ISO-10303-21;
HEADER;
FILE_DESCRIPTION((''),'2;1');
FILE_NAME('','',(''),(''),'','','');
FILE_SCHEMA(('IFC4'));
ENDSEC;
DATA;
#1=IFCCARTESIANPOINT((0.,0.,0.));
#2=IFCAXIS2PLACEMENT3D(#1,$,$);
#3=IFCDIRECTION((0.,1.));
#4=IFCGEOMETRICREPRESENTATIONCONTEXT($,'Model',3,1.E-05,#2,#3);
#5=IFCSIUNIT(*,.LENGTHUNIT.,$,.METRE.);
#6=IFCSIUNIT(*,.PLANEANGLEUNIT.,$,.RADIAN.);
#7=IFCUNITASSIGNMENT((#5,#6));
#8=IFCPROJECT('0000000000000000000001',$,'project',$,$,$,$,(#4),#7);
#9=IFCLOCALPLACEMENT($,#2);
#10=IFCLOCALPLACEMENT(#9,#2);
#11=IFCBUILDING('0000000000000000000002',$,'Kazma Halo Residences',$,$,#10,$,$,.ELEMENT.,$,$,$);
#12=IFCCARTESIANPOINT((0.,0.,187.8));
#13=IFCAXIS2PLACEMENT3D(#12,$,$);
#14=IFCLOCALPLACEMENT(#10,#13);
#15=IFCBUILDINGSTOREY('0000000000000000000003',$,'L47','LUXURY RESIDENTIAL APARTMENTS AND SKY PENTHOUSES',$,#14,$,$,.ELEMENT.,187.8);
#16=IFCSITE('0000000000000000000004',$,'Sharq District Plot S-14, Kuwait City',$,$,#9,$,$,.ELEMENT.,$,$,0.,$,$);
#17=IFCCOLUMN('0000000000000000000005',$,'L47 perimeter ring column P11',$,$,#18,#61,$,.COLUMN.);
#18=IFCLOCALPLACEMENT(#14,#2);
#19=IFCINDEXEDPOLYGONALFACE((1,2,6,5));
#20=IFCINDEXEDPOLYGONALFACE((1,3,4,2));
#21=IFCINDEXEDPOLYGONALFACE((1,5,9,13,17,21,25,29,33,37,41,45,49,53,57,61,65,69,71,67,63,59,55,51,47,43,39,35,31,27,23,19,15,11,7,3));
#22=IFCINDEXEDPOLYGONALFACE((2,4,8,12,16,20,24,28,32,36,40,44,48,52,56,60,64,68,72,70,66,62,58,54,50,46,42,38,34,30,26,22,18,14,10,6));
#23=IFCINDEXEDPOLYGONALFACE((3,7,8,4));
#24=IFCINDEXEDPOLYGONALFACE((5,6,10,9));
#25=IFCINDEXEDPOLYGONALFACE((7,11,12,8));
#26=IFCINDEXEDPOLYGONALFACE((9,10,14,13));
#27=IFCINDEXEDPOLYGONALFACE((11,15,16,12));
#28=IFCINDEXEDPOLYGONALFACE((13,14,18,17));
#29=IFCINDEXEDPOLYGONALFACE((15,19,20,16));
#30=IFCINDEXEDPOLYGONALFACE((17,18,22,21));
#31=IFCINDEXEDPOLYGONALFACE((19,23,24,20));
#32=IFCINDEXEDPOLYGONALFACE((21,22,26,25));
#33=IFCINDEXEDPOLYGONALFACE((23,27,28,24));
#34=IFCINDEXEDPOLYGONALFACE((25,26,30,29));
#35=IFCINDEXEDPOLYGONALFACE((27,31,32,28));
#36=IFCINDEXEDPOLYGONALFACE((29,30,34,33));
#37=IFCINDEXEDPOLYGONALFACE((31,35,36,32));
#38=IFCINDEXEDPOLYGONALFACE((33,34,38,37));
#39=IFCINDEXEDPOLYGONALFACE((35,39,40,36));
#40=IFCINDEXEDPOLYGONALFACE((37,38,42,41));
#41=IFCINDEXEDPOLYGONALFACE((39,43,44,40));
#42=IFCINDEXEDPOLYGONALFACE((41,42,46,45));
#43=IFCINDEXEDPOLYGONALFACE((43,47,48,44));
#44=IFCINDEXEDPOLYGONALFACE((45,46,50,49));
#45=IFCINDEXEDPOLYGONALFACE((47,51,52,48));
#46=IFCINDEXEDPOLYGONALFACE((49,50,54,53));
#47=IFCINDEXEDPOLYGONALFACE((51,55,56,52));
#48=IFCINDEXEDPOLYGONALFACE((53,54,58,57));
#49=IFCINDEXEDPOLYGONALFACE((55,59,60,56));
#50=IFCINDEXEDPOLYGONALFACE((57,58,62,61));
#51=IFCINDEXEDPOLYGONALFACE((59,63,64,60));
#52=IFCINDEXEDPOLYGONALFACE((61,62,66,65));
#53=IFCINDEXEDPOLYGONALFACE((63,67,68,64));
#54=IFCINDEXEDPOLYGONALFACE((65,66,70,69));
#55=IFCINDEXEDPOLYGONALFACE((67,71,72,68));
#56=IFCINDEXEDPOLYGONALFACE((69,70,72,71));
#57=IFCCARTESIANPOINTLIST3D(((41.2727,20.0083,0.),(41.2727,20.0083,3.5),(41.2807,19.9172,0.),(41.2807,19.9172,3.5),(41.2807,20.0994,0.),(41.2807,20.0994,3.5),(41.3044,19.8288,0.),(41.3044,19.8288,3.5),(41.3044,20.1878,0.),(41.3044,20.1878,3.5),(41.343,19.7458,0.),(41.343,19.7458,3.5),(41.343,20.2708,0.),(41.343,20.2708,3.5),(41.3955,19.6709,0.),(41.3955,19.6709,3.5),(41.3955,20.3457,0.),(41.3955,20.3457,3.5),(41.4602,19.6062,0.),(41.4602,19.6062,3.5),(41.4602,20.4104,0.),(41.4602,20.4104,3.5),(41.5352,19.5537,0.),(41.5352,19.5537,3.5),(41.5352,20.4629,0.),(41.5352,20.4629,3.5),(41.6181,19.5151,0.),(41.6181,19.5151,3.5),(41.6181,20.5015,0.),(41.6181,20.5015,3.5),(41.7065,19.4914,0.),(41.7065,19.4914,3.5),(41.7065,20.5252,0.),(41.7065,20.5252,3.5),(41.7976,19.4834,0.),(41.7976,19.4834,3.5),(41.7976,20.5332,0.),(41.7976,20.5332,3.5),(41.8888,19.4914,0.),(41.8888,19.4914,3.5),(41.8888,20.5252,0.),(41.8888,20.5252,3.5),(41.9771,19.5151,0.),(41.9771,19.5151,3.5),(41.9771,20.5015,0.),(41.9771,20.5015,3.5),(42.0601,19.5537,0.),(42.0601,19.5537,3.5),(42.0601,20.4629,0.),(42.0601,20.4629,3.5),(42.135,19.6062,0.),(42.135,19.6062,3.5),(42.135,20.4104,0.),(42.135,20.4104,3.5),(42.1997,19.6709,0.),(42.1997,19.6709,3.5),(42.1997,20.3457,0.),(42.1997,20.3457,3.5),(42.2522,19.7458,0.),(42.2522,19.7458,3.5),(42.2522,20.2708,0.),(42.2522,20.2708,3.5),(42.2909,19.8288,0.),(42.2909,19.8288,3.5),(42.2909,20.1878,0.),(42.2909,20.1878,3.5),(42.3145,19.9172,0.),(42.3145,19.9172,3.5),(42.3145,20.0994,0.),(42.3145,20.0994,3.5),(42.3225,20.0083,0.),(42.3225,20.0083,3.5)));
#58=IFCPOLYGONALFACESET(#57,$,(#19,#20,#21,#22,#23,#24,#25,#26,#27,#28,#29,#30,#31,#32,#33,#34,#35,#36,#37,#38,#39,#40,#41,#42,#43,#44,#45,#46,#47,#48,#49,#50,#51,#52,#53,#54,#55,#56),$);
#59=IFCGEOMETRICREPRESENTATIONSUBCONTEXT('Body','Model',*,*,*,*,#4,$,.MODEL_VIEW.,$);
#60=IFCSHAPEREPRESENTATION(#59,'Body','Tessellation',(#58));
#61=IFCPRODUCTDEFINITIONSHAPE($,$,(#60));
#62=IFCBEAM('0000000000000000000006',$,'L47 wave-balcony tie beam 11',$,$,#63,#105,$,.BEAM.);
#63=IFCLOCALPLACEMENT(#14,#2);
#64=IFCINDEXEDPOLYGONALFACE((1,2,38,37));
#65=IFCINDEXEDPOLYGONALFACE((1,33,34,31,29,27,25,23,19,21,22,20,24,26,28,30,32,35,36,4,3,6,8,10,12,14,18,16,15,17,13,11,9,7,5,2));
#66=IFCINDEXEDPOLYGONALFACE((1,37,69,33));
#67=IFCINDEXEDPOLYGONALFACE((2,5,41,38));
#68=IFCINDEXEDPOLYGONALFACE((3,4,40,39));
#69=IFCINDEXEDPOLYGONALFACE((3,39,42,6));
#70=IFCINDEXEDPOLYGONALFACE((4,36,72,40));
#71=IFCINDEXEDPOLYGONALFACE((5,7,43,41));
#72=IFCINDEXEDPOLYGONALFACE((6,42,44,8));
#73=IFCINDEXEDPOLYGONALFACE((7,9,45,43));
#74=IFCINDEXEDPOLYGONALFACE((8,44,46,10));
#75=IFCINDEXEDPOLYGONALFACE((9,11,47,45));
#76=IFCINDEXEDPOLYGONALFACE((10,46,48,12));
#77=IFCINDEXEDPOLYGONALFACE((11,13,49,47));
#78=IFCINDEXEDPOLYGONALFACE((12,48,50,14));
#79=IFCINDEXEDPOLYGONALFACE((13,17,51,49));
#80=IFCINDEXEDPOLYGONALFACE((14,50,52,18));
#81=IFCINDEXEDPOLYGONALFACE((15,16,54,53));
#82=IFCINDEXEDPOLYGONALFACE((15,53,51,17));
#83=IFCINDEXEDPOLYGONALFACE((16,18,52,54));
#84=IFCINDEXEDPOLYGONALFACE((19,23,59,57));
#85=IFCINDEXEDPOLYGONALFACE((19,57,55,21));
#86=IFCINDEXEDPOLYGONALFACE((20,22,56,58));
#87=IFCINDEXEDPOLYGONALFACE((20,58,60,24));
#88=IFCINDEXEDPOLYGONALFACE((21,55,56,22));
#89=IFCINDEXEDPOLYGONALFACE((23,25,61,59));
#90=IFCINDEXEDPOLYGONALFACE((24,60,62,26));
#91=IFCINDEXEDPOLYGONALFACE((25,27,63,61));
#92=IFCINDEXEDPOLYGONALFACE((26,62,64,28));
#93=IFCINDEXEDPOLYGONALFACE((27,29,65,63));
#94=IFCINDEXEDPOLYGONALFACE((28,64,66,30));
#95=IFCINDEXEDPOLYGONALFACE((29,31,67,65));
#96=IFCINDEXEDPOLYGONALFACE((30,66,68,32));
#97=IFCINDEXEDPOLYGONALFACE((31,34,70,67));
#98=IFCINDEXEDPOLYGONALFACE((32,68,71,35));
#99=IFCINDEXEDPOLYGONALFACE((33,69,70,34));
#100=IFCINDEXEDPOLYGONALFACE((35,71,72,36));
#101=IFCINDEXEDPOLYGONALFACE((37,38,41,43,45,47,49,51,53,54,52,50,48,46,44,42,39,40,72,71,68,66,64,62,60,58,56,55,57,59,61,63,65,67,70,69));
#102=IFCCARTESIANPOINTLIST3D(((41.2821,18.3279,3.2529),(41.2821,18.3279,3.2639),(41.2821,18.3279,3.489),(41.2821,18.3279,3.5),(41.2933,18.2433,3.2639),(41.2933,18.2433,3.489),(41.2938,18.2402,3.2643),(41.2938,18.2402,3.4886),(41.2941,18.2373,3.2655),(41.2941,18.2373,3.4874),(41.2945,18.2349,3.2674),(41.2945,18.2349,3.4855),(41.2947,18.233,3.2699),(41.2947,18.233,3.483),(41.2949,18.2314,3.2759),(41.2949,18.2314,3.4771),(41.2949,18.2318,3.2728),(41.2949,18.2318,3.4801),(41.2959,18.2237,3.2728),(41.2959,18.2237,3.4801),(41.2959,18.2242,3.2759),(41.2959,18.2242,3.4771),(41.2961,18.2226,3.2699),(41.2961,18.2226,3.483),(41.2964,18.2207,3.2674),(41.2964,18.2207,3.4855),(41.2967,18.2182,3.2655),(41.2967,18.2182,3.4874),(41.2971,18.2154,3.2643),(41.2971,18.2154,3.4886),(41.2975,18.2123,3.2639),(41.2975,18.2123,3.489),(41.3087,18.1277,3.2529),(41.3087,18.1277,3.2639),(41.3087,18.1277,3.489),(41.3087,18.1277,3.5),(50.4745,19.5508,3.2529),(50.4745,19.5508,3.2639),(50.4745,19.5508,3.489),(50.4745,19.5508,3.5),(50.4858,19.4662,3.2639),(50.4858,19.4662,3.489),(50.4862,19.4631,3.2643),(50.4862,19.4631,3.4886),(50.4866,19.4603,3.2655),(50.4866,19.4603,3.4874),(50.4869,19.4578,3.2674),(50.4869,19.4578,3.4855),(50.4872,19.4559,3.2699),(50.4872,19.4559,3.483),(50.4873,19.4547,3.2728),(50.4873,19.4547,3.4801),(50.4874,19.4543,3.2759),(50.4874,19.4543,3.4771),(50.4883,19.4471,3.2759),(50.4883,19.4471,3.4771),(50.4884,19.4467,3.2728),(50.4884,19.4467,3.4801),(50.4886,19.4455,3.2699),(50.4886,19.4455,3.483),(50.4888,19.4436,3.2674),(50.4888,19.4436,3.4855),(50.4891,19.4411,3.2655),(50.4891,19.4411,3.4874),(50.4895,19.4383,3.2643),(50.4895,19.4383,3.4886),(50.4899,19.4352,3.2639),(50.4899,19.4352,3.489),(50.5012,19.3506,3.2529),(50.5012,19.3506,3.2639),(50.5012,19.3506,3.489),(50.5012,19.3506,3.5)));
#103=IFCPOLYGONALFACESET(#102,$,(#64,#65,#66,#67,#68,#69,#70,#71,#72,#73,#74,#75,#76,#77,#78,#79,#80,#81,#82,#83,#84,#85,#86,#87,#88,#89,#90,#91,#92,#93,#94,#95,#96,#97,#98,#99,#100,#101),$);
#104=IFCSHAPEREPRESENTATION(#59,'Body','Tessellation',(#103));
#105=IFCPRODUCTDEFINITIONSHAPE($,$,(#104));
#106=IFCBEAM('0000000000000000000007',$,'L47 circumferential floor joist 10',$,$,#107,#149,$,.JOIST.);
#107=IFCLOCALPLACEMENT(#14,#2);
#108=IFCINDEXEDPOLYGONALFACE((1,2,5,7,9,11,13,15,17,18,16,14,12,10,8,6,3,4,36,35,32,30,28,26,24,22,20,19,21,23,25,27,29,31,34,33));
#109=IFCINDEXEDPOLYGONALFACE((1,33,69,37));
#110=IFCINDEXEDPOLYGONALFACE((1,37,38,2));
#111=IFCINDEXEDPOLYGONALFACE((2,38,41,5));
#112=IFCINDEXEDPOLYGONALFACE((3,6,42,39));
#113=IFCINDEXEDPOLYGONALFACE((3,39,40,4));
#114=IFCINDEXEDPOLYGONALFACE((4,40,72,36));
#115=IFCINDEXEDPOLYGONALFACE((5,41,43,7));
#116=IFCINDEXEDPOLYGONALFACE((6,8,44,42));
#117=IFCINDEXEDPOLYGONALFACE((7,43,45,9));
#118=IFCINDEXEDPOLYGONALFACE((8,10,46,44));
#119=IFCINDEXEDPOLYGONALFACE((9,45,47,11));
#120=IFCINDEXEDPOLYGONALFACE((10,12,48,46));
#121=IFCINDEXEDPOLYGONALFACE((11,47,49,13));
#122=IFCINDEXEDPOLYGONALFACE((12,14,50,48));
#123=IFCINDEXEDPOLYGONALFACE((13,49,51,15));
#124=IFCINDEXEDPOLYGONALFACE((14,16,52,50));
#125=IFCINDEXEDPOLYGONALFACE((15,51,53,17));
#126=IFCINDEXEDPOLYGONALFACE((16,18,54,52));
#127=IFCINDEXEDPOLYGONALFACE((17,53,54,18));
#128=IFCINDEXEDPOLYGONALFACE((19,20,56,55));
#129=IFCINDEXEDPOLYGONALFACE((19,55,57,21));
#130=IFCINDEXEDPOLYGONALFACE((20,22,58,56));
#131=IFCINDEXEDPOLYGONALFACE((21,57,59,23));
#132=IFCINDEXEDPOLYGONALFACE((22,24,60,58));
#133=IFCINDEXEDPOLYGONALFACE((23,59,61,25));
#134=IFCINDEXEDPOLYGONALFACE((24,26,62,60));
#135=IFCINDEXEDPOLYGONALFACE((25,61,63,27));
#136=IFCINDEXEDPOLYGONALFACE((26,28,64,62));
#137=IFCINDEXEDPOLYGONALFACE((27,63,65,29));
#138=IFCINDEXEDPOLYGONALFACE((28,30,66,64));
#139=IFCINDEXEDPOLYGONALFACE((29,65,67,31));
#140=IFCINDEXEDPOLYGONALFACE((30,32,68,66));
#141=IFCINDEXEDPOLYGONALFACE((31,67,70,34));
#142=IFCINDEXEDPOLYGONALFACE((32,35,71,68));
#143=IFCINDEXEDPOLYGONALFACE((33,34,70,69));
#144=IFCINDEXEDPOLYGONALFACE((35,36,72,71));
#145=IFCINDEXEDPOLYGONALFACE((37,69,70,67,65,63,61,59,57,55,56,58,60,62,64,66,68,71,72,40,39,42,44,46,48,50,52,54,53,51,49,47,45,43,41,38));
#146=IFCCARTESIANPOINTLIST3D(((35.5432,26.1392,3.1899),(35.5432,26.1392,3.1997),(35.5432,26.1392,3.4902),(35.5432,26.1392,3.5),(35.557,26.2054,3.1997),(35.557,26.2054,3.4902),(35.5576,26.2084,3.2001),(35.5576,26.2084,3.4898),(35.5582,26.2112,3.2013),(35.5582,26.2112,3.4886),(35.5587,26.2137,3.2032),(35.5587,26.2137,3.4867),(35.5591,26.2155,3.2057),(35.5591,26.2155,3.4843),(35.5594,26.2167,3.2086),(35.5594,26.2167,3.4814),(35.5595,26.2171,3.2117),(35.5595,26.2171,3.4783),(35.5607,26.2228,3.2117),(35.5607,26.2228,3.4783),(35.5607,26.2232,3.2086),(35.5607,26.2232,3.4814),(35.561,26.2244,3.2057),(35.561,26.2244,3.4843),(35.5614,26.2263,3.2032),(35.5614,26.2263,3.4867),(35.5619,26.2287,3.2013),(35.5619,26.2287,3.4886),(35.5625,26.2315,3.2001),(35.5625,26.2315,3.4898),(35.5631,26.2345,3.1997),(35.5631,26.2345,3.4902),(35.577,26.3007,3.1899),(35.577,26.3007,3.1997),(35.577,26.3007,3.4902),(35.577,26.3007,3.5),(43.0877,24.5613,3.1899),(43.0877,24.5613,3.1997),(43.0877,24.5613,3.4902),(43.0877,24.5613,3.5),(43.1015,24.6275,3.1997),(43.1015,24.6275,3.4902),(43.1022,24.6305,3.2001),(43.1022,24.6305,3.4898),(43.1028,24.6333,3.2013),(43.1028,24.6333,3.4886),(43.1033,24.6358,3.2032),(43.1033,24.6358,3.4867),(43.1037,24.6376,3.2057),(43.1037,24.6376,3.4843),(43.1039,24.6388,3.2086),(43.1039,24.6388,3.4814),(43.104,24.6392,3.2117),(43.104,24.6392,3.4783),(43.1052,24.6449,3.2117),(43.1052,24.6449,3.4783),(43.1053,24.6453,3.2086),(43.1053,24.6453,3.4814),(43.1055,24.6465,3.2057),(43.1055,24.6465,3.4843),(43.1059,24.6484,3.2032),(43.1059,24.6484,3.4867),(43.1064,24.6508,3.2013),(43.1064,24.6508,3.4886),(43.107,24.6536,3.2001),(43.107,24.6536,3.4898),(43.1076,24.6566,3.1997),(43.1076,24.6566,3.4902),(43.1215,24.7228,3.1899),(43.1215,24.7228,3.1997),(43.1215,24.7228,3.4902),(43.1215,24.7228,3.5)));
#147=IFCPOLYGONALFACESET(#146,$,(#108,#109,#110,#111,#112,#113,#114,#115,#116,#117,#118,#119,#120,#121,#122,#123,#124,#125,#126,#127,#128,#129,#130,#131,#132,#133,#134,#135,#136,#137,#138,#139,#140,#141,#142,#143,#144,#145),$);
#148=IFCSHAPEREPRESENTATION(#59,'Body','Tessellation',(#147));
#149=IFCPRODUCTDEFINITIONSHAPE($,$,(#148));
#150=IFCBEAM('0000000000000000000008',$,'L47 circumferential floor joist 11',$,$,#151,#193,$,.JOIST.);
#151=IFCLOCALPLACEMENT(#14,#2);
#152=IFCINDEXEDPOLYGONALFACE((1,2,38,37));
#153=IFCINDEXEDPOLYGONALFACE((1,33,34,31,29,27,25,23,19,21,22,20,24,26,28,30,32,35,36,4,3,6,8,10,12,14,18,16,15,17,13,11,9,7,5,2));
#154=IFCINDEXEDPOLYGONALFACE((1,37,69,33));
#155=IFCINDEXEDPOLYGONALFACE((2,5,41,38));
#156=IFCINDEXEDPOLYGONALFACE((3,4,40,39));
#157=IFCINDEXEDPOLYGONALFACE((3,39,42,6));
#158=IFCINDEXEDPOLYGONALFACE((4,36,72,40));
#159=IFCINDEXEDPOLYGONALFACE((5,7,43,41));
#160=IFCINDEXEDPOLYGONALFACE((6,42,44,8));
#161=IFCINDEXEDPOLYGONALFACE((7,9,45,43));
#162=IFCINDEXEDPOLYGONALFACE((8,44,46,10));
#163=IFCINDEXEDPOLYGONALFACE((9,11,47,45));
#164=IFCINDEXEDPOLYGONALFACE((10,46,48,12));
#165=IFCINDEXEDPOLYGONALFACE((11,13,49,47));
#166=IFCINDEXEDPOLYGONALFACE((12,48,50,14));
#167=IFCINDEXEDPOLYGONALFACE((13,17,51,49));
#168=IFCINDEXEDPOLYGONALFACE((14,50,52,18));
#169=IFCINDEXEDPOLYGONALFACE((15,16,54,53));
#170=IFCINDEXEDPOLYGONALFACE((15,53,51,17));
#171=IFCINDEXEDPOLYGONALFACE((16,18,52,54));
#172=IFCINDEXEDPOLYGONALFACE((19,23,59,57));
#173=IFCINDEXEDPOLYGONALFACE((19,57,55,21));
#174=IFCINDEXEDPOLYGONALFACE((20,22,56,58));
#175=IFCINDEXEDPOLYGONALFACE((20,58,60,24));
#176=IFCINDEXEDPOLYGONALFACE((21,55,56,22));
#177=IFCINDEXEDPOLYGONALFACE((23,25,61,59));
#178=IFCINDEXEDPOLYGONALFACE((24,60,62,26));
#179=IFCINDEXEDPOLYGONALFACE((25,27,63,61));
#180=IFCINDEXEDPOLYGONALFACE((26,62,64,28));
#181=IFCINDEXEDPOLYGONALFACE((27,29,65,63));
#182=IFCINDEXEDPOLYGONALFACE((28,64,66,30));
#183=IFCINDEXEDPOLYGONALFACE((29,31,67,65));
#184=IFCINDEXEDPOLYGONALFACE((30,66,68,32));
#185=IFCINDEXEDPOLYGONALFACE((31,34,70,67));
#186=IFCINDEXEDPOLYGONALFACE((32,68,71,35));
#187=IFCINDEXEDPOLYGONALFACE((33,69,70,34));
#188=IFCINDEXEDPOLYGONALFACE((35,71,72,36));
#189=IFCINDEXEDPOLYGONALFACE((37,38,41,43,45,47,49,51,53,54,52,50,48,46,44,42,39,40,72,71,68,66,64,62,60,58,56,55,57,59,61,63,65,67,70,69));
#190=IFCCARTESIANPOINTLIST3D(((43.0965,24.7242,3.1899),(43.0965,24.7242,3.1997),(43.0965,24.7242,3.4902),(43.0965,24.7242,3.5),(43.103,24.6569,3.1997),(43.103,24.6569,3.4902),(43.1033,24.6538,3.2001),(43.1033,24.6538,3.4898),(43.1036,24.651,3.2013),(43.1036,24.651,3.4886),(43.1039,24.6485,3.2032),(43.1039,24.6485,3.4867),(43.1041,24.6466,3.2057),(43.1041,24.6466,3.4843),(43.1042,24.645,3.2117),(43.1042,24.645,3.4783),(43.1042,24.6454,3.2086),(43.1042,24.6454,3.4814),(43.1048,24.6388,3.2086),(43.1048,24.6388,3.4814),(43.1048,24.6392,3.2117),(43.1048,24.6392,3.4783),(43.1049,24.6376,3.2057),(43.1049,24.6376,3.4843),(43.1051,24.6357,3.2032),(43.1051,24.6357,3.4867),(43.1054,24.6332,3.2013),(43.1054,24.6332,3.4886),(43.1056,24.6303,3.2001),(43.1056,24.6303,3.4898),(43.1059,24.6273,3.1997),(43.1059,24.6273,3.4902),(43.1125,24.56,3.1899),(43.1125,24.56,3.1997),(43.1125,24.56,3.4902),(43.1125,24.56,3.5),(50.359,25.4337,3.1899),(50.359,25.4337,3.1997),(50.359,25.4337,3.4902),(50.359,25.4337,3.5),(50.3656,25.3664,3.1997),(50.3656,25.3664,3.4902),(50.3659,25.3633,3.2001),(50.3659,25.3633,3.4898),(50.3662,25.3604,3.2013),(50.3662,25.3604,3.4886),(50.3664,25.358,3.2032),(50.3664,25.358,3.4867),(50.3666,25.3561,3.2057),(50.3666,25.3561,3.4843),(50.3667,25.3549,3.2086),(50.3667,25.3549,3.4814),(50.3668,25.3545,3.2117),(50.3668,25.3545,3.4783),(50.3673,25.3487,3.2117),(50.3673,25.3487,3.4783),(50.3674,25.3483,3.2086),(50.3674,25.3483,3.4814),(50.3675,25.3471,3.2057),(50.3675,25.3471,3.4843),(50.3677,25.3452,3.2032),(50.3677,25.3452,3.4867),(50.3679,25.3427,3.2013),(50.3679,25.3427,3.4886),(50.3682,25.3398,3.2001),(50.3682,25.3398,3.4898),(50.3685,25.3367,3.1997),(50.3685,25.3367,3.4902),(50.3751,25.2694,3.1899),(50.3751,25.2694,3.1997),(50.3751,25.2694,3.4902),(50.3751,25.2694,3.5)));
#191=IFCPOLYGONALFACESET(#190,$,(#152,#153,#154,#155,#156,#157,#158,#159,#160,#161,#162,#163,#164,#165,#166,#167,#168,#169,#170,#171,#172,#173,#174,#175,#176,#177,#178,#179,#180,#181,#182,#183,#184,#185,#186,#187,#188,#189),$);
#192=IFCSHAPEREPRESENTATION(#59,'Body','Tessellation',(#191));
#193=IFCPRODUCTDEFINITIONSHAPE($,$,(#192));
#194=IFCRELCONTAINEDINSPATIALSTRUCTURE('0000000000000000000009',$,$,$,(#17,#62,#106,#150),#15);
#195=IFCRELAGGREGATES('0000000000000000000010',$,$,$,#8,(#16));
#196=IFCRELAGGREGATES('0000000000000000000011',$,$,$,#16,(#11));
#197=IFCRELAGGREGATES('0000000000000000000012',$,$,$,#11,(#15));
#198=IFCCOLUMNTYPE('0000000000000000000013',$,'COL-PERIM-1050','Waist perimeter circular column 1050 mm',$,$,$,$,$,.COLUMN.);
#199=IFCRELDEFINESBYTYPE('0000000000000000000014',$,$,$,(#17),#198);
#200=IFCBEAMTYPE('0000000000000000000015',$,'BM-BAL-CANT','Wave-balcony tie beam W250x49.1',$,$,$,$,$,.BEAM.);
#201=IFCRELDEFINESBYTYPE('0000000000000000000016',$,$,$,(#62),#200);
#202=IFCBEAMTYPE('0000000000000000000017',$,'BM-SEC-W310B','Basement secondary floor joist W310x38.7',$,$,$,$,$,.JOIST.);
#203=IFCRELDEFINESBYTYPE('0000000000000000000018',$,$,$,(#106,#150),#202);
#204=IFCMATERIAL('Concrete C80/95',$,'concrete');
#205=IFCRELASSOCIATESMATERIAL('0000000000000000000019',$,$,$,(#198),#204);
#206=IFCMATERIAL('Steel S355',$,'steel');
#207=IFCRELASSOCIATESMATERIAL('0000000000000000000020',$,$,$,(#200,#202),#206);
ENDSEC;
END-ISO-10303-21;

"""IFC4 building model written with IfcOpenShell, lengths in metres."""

from ifc_helpers import new_model, si_unit, direction, frame, origin, origin_2d, place, context, subcontext, project, spatial, circle, i_section, extrude, material, material_profile, profile_set, type_object, element, save


model = new_model("IFC4")

# Units and contexts
model_context = context("Model", 3, precision=1e-05, world=origin(), true_north=direction((0.0, 1.0)))
body_context = subcontext(model_context, "Body", "Model", "MODEL_VIEW")
ifc_project = project(units=[si_unit("LENGTHUNIT", "METRE"), si_unit("PLANEANGLEUNIT", "RADIAN")], contexts=[model_context])

# Site, building, storey
site_placement = place(None, origin())
site = spatial("IfcSite", under=ifc_project, at=site_placement, Name="Sharq District Plot S-14, Kuwait City", CompositionType="ELEMENT", RefElevation=0.0)
building_placement = place(site_placement, origin())
building = spatial("IfcBuilding", under=site, at=building_placement, Name="Kazma Halo Residences", CompositionType="ELEMENT")
storey_placement = place(building_placement, frame((0.0, 0.0, 187.8)))
storey = spatial("IfcBuildingStorey", under=building, at=storey_placement, Name="L47", Description="LUXURY RESIDENTIAL APARTMENTS AND SKY PENTHOUSES", CompositionType="ELEMENT", Elevation=187.8)

# Column
ifc_material_1 = material(Name="Concrete C80/95", Category="concrete")
ifc_material_profile_1 = material_profile(ifc_material_1, circle(Radius=0.5249, at=origin_2d()), Name="CIRC1050")
ifc_profile_set_1 = profile_set([ifc_material_profile_1], Name="Concrete C80/95")
column_type = type_object("IfcColumnType", Name="COL-PERIM-1050", Description="Waist perimeter circular column 1050 mm", PredefinedType="COLUMN", material=ifc_profile_set_1)
column_placement = place(storey_placement, frame((41.7976, 20.0083, 0.0), z_axis=(0.0, 0.0, 1.0), x_axis=(1.0, 0.0, 0.0)))
element("IfcColumn", 1, at=column_placement, inside=storey, type_object=column_type, Name="L47 perimeter ring column P11", PredefinedType="COLUMN", context=body_context, shape_type="SweptSolid", body=[
    extrude(circle(Radius=0.5249, at=origin_2d()), origin(), (0.0, 0.0, 1.0), 3.5),
])

# Beams
ifc_material_2 = material(Name="Steel S355", Category="steel")
ifc_material_profile_2 = material_profile(ifc_material_2, i_section(OverallWidth=0.2019, OverallDepth=0.2471, WebThickness=0.0073, FlangeThickness=0.011, FilletRadius=0.012, at=origin_2d()), Name="W250x49.1")
ifc_profile_set_2 = profile_set([ifc_material_profile_2], Name="Steel S355")
beam_type_1 = type_object("IfcBeamType", Name="BM-BAL-CANT", Description="Wave-balcony tie beam W250x49.1", PredefinedType="BEAM", material=ifc_profile_set_2)
beam_1_placement = place(storey_placement, frame((41.2954, 18.2278, 3.3765), z_axis=(0.991267, 0.131872, 0.0), x_axis=(-0.131872, 0.991267, 0.0)))
element("IfcBeam", 2, at=beam_1_placement, inside=storey, type_object=beam_type_1, Name="L47 wave-balcony tie beam 11", PredefinedType="BEAM", context=body_context, shape_type="SweptSolid", body=[
    extrude(i_section(OverallWidth=0.2019, OverallDepth=0.2471, WebThickness=0.0073, FlangeThickness=0.011, FilletRadius=0.012, at=origin_2d()), origin(), (0.0, 0.0, 1.0), 9.2734),
])
ifc_material_profile_3 = material_profile(ifc_material_2, i_section(OverallWidth=0.165, OverallDepth=0.3101, WebThickness=0.0059, FlangeThickness=0.0098, FilletRadius=0.012, at=origin_2d()), Name="W310x38.7")
ifc_profile_set_3 = profile_set([ifc_material_profile_3], Name="Steel S355")
beam_type_2 = type_object("IfcBeamType", Name="BM-SEC-W310B", Description="Basement secondary floor joist W310x38.7", PredefinedType="JOIST", material=ifc_profile_set_3)
beam_2_placement = place(storey_placement, frame((35.5601, 26.22, 3.345), z_axis=(0.978821, -0.204716, 0.0), x_axis=(0.204716, 0.978821, 0.0)))
element("IfcBeam", 3, at=beam_2_placement, inside=storey, type_object=beam_type_2, Name="L47 circumferential floor joist 10", PredefinedType="JOIST", context=body_context, shape_type="SweptSolid", body=[
    extrude(i_section(OverallWidth=0.165, OverallDepth=0.3101, WebThickness=0.0059, FlangeThickness=0.0098, FilletRadius=0.012, at=origin_2d()), origin(), (0.0, 0.0, 1.0), 7.7078),
])
beam_3_placement = place(storey_placement, frame((43.1045, 24.6421, 3.345), z_axis=(0.995262, 0.097228, 0.0), x_axis=(-0.097228, 0.995262, 0.0)))
element("IfcBeam", 4, at=beam_3_placement, inside=storey, type_object=beam_type_2, Name="L47 circumferential floor joist 11", PredefinedType="JOIST", context=body_context, shape_type="SweptSolid", body=[
    extrude(i_section(OverallWidth=0.165, OverallDepth=0.3101, WebThickness=0.0059, FlangeThickness=0.0098, FilletRadius=0.012, at=origin_2d()), origin(), (0.0, 0.0, 1.0), 7.2971),
])

save(model, "model.ifc")
